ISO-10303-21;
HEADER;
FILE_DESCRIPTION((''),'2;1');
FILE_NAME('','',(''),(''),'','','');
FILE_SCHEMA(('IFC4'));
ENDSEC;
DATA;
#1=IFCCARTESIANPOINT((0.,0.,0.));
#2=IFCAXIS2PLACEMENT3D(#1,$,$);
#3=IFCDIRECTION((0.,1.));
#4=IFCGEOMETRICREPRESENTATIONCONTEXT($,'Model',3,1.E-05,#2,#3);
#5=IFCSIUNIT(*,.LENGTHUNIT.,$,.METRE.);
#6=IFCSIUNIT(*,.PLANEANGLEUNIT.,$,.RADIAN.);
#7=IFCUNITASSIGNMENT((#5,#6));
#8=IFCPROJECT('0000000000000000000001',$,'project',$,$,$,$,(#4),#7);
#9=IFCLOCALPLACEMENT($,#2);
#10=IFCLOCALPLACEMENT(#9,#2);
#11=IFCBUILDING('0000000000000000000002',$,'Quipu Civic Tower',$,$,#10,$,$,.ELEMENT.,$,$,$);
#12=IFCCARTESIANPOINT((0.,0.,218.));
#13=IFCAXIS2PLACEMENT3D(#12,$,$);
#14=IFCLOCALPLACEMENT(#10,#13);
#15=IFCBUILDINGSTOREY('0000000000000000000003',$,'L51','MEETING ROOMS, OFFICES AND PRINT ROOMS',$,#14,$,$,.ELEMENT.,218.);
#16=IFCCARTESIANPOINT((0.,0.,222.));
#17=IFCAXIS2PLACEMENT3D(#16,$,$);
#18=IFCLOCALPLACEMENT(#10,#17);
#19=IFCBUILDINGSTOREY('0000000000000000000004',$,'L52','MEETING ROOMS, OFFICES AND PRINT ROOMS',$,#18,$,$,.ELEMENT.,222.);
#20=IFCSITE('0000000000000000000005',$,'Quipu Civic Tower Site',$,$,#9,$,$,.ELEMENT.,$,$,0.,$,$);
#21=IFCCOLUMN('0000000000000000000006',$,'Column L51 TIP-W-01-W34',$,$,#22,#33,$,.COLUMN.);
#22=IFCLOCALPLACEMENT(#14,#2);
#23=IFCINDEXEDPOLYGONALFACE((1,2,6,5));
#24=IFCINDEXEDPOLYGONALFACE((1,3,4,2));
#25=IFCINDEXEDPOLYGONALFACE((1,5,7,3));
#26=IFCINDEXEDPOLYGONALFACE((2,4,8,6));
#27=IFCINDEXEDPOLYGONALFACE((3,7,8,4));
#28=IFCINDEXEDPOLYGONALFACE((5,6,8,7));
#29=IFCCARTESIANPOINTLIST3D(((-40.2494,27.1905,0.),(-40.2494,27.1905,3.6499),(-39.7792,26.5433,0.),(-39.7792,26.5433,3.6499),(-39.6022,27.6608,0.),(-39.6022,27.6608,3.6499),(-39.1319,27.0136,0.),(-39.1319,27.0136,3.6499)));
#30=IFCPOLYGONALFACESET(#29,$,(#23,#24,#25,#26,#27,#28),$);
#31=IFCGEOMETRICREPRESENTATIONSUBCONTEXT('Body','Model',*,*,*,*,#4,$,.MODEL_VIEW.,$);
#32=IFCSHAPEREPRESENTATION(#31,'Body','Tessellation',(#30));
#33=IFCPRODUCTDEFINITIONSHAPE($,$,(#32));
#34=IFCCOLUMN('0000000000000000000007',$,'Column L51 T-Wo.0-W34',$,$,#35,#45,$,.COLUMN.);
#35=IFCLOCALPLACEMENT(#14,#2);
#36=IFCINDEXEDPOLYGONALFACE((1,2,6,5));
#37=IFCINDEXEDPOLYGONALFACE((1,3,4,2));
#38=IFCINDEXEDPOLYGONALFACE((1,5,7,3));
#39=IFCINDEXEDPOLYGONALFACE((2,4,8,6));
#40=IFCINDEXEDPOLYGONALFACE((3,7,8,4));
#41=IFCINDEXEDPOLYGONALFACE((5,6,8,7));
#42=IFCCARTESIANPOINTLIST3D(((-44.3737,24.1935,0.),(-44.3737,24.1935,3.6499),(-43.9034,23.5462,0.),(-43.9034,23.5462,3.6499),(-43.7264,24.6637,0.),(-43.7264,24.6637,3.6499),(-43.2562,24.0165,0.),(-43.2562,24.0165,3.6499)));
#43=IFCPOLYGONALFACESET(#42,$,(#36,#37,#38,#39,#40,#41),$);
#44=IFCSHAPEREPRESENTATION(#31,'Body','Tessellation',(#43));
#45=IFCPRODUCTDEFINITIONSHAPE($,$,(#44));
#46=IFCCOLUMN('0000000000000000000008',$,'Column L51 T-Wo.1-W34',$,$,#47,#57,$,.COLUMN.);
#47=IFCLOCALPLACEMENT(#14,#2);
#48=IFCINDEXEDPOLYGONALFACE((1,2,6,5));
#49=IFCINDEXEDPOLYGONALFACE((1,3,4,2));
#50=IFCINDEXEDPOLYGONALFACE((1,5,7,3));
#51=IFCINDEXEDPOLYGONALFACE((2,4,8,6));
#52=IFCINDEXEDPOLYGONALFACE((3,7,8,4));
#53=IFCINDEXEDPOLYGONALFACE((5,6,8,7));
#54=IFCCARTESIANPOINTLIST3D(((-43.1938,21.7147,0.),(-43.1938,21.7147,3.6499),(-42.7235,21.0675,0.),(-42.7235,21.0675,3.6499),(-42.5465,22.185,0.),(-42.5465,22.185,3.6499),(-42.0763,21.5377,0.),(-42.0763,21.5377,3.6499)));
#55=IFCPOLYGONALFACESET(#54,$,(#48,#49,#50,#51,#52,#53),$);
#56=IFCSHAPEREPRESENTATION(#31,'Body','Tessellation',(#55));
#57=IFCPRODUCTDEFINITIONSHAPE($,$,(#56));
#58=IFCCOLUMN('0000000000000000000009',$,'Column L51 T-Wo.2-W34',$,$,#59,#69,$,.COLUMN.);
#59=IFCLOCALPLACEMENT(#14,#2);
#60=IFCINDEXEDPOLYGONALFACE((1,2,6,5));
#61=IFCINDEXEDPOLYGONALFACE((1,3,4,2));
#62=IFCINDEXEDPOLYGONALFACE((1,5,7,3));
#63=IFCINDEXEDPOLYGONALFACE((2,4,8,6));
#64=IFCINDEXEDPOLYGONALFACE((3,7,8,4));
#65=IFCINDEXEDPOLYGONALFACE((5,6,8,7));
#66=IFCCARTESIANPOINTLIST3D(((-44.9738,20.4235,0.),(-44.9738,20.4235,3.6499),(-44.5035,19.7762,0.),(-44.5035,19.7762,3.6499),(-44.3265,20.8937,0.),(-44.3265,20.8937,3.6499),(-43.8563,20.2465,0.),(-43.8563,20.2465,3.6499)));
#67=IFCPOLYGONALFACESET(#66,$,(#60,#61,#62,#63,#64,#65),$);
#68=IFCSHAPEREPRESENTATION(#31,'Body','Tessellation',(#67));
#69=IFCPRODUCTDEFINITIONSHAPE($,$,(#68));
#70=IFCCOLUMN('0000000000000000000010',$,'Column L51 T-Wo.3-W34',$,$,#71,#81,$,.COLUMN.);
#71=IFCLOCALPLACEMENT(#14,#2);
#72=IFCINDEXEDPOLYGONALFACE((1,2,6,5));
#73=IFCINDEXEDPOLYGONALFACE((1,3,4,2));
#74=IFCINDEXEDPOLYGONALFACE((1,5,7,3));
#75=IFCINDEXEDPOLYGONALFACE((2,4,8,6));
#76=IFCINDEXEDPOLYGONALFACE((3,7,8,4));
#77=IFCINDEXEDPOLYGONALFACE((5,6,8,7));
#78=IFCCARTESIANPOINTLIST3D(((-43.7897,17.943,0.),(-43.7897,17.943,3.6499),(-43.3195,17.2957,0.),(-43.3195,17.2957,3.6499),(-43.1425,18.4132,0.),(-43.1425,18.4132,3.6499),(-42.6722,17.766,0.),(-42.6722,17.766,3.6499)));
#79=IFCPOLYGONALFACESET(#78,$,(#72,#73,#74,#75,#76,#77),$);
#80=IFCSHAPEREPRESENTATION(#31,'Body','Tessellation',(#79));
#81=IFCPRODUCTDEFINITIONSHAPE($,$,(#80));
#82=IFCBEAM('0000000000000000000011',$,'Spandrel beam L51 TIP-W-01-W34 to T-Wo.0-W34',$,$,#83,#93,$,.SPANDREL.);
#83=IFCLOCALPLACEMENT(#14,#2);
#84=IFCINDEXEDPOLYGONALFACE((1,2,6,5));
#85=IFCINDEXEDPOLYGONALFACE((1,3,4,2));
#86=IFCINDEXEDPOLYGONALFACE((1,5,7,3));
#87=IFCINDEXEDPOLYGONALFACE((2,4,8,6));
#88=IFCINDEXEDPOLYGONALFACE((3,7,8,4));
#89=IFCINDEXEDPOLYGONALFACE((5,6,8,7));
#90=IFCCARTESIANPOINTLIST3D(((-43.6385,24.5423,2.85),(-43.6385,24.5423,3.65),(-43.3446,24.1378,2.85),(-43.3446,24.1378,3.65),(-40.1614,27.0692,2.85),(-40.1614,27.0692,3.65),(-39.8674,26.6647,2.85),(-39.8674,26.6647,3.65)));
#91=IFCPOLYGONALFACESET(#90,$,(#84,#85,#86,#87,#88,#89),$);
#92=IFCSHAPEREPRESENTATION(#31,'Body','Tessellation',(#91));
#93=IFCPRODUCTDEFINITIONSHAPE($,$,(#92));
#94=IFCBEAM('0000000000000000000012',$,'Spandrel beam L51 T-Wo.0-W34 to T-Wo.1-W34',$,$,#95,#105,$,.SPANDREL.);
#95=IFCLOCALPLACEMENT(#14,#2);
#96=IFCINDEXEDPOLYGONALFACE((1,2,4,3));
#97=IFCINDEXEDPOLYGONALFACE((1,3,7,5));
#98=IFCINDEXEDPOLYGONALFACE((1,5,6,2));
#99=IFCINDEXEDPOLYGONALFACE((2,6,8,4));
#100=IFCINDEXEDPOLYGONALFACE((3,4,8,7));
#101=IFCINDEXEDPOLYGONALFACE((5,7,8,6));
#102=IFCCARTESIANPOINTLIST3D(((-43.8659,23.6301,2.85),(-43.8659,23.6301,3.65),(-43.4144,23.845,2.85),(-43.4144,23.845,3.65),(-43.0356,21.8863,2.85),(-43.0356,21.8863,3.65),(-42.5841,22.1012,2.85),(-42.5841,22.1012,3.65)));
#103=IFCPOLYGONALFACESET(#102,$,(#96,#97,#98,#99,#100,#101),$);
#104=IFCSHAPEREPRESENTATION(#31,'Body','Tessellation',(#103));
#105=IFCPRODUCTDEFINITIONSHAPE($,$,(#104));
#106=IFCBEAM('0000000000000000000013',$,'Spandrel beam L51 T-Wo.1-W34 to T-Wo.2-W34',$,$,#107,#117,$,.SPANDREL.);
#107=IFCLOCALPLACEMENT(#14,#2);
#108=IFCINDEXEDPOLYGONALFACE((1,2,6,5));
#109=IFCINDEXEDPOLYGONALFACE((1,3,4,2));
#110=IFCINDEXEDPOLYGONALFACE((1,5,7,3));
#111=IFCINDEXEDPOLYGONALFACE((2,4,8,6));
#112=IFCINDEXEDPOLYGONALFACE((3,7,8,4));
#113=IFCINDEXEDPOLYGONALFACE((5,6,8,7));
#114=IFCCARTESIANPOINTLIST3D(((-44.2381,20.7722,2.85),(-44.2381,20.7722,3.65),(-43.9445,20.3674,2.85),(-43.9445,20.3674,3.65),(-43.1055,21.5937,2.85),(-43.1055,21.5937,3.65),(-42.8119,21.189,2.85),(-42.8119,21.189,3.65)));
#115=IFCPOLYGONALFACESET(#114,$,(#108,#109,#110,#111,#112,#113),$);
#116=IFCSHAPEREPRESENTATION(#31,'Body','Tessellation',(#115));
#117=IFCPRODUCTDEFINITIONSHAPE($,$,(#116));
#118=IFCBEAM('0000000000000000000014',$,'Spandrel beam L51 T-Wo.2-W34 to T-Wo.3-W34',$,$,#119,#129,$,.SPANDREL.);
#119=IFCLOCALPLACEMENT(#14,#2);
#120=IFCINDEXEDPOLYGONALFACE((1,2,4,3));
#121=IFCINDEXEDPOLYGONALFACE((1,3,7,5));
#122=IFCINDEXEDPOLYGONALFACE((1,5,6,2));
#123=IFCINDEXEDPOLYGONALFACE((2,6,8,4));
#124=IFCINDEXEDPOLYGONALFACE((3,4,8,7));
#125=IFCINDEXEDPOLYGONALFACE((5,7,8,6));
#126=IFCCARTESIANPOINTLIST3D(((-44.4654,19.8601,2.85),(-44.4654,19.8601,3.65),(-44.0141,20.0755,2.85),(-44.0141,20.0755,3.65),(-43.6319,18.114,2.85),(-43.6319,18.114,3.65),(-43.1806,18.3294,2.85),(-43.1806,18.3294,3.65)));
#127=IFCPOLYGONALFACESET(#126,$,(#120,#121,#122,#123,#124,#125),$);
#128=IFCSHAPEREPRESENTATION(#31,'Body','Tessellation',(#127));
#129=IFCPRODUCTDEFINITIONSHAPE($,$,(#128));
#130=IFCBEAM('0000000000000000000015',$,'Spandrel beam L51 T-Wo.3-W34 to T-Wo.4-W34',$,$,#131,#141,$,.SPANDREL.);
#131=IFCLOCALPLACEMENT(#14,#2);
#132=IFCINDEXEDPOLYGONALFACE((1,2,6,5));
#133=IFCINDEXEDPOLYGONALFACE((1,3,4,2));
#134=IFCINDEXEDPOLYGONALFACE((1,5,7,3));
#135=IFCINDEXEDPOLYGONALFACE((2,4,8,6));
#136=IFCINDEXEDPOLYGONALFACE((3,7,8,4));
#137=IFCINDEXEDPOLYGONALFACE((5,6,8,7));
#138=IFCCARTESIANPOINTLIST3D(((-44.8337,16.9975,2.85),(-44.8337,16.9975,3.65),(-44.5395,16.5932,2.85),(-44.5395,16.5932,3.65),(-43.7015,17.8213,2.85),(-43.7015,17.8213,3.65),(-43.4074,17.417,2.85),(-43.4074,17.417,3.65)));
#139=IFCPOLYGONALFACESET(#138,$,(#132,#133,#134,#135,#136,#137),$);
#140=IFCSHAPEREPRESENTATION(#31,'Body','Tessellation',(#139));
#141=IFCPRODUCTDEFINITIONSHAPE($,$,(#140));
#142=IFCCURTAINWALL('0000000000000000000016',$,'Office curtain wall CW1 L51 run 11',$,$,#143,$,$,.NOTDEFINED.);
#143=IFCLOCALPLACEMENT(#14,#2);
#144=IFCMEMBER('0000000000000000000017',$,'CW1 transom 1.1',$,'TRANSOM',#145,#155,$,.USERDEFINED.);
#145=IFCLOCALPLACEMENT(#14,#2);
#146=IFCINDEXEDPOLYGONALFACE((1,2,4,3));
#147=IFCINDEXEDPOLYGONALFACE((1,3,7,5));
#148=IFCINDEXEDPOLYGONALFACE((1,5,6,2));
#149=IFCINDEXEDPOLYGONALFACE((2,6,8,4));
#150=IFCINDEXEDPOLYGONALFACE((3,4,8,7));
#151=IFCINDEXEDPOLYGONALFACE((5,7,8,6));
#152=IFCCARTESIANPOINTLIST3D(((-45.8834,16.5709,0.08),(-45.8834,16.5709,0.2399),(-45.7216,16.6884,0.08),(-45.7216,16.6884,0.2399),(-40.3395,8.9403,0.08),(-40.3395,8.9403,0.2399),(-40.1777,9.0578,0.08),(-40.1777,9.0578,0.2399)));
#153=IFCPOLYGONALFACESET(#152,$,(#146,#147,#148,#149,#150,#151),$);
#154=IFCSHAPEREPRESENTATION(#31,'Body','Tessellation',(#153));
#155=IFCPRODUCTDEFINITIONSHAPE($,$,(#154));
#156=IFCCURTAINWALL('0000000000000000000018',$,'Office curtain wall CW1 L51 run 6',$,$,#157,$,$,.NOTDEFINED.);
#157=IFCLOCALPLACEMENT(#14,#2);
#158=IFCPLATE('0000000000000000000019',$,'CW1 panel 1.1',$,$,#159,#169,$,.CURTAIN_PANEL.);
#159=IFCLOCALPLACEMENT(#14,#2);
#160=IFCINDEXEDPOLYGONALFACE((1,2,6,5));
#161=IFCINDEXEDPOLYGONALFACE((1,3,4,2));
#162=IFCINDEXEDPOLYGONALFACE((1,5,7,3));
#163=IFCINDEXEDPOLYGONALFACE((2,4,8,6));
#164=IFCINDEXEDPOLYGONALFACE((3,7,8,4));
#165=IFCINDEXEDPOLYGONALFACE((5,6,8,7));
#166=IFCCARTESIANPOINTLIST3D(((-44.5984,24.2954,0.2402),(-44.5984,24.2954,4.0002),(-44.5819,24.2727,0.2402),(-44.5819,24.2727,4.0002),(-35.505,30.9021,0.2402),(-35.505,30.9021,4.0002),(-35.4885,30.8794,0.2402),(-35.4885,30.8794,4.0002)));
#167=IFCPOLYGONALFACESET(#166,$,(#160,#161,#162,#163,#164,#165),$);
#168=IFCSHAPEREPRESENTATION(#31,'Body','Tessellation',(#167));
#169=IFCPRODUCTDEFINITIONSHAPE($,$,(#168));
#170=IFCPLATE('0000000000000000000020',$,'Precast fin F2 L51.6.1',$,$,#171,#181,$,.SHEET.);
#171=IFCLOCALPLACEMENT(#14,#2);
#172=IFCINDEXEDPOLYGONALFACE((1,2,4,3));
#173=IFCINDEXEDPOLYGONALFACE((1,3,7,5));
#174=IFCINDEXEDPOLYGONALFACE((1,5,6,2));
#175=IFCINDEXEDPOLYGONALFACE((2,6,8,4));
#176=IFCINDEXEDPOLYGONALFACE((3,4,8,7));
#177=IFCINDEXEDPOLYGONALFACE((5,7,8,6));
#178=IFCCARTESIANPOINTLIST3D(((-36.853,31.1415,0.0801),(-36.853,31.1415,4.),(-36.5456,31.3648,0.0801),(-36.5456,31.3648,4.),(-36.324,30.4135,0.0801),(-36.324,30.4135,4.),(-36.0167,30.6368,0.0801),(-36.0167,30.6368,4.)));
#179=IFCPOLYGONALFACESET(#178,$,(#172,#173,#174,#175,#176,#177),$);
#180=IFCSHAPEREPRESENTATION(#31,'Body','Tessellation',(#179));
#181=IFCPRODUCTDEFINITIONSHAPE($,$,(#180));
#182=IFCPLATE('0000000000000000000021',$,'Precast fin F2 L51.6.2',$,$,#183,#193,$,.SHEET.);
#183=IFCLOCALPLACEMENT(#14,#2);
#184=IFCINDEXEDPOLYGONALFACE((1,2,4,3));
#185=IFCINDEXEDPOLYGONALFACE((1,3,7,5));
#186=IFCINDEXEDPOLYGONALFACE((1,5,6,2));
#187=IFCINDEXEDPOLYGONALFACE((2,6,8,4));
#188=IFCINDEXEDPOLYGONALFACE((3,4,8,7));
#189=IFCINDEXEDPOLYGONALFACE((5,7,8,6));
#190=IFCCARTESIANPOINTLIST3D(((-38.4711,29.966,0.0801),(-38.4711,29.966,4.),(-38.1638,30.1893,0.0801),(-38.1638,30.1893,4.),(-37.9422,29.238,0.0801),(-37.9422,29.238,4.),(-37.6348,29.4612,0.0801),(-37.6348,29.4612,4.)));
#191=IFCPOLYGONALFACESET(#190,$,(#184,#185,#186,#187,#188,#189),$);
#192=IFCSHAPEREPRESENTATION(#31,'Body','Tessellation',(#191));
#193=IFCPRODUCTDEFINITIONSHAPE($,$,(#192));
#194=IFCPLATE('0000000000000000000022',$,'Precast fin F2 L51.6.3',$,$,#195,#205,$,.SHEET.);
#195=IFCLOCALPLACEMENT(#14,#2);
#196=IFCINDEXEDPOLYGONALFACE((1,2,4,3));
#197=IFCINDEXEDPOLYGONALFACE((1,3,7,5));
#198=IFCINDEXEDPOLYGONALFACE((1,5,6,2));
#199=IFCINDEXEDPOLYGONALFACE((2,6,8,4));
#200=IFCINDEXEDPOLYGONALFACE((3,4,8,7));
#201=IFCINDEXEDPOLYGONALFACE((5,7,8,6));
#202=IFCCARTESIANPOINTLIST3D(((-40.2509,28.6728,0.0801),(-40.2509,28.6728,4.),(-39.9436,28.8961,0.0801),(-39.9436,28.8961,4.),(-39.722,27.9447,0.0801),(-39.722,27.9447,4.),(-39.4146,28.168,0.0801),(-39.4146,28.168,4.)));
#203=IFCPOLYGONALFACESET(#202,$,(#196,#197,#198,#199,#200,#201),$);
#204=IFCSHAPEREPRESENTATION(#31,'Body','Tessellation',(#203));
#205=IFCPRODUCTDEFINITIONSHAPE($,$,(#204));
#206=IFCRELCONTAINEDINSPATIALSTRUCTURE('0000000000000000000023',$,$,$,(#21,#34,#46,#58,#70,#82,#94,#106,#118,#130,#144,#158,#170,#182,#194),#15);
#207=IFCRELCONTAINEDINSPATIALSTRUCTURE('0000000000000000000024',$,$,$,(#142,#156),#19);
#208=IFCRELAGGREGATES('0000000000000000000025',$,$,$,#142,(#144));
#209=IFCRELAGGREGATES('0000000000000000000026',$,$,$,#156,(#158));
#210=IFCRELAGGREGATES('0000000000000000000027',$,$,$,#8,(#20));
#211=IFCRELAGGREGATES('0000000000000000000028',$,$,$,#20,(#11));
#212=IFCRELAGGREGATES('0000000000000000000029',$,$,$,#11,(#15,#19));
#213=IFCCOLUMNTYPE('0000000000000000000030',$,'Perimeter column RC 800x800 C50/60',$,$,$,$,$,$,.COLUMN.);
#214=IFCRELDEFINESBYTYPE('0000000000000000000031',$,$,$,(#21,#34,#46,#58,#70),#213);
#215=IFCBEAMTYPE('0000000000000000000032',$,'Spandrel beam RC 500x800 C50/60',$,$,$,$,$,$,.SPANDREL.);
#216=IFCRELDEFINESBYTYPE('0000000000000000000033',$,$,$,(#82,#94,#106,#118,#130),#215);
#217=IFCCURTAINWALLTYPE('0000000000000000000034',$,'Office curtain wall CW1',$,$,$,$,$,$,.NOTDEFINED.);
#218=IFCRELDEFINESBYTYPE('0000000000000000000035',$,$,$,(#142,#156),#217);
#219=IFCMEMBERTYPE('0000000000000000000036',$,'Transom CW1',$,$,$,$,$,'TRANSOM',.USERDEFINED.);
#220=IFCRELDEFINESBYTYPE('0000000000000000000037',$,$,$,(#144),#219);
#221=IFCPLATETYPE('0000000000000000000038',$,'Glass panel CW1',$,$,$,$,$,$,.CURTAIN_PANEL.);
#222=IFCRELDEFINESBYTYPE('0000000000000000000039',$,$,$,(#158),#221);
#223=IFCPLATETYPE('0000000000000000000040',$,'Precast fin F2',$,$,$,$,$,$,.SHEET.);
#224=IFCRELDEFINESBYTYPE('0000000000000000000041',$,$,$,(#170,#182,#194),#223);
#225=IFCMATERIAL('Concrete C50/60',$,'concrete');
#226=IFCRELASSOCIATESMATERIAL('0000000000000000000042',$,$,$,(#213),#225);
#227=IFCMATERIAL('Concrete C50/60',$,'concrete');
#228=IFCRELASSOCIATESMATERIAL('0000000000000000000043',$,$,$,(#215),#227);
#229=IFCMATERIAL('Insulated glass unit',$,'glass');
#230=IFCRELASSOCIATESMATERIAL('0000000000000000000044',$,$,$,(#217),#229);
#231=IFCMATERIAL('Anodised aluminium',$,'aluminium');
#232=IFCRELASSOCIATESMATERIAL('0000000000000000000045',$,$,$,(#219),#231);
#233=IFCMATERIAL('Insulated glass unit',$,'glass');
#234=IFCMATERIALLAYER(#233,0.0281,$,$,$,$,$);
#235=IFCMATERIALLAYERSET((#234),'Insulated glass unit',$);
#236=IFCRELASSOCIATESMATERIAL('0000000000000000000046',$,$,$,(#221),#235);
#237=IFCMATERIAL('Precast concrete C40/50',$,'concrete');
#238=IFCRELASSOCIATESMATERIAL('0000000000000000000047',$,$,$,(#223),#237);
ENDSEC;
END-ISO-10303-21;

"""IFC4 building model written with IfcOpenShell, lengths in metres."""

from ifc_helpers import new_model, si_unit, direction, frame, origin, origin_2d, place, context, subcontext, project, spatial, rectangle, extrude, material, layer, layer_set, material_profile, profile_set, type_object, element, aggregate, save


model = new_model("IFC4")

# Units and contexts
model_context = context("Model", 3, precision=1e-05, world=origin(), true_north=direction((0.0, 1.0)))
body_context = subcontext(model_context, "Body", "Model", "MODEL_VIEW")
ifc_project = project(units=[si_unit("LENGTHUNIT", "METRE"), si_unit("PLANEANGLEUNIT", "RADIAN")], contexts=[model_context])

# Site, building, storey
site_placement = place(None, origin())
site = spatial("IfcSite", under=ifc_project, at=site_placement, Name="Quipu Civic Tower Site", CompositionType="ELEMENT", RefElevation=0.0)
building_placement = place(site_placement, origin())
building = spatial("IfcBuilding", under=site, at=building_placement, Name="Quipu Civic Tower", CompositionType="ELEMENT")
storey_1_placement = place(building_placement, frame((0.0, 0.0, 218.0)))
storey_1 = spatial("IfcBuildingStorey", under=building, at=storey_1_placement, Name="L51", Description="MEETING ROOMS, OFFICES AND PRINT ROOMS", CompositionType="ELEMENT", Elevation=218.0)

# Columns
ifc_material_1 = material(Name="Concrete C50/60", Category="concrete")
ifc_material_profile_1 = material_profile(ifc_material_1, rectangle(XDim=0.8, YDim=0.8, at=origin_2d()), Name="RC800x800")
ifc_profile_set_1 = profile_set([ifc_material_profile_1], Name="Concrete C50/60")
column_type = type_object("IfcColumnType", Name="Perimeter column RC 800x800 C50/60", PredefinedType="COLUMN", material=ifc_profile_set_1)
for number, where, z_axis, x_axis, name in (
    (1, (-39.6907, 27.1021, 0.0), (0.0, 0.0, 1.0), (-0.809017, -0.587785, 0.0), "Column L51 TIP-W-01-W34"),
    (2, (-43.8149, 24.105, 0.0), (0.0, 0.0, 1.0), (-0.809017, -0.587785, 0.0), "Column L51 T-Wo.0-W34"),
    (3, (-42.635, 21.6262, 0.0), (0.0, 0.0, 1.0), (-0.809017, -0.587785, 0.0), "Column L51 T-Wo.1-W34"),
    (4, (-44.415, 20.335, 0.0), (0.0, 0.0, 1.0), (0.587785, -0.809017, 0.0), "Column L51 T-Wo.2-W34"),
    (5, (-43.231, 17.8545, 0.0), (0.0, 0.0, 1.0), (0.587785, -0.809017, 0.0), "Column L51 T-Wo.3-W34"),
):
    element("IfcColumn", number, at=place(storey_1_placement, frame(where, z_axis=z_axis, x_axis=x_axis)), inside=storey_1, type_object=column_type, Name=name, PredefinedType="COLUMN", context=body_context, shape_type="SweptSolid", body=[
        extrude(rectangle(XDim=0.8, YDim=0.8, at=origin_2d()), origin(), (0.0, 0.0, 1.0), 3.6499),
    ])

# Beams
ifc_material_2 = material(Name="Concrete C50/60", Category="concrete")
ifc_material_profile_2 = material_profile(ifc_material_2, rectangle(XDim=0.5, YDim=0.8, at=origin_2d()), Name="RC500x800")
ifc_profile_set_2 = profile_set([ifc_material_profile_2], Name="Concrete C50/60")
beam_type = type_object("IfcBeamType", Name="Spandrel beam RC 500x800 C50/60", PredefinedType="SPANDREL", material=ifc_profile_set_2)
beam_1_placement = place(storey_1_placement, frame((-40.0144, 26.8669, 3.25), z_axis=(-0.808947, -0.587881, 0.0), x_axis=(0.587881, -0.808947, 0.0)))
element("IfcBeam", 6, at=beam_1_placement, inside=storey_1, type_object=beam_type, Name="Spandrel beam L51 TIP-W-01-W34 to T-Wo.0-W34", PredefinedType="SPANDREL", context=body_context, shape_type="SweptSolid", body=[
    extrude(rectangle(XDim=0.5, YDim=0.8, at=origin_2d()), origin(), (0.0, 0.0, 1.0), 4.2983),
])
beam_2_placement = place(storey_1_placement, frame((-43.6401, 23.7375, 3.25), z_axis=(0.429889, -0.902882, 0.0), x_axis=(0.902882, 0.429889, 0.0)))
element("IfcBeam", 7, at=beam_2_placement, inside=storey_1, type_object=beam_type, Name="Spandrel beam L51 T-Wo.0-W34 to T-Wo.1-W34", PredefinedType="SPANDREL", context=body_context, shape_type="SweptSolid", body=[
    extrude(rectangle(XDim=0.5, YDim=0.8, at=origin_2d()), origin(), (0.0, 0.0, 1.0), 1.9314),
])
beam_3_placement = place(storey_1_placement, frame((-42.9587, 21.3914, 3.25), z_axis=(-0.809467, -0.587165, 0.0), x_axis=(0.587165, -0.809467, 0.0)))
element("IfcBeam", 8, at=beam_3_placement, inside=storey_1, type_object=beam_type, Name="Spandrel beam L51 T-Wo.1-W34 to T-Wo.2-W34", PredefinedType="SPANDREL", context=body_context, shape_type="SweptSolid", body=[
    extrude(rectangle(XDim=0.5, YDim=0.8, at=origin_2d()), origin(), (0.0, 0.0, 1.0), 1.3992),
])
beam_4_placement = place(storey_1_placement, frame((-44.2397, 19.9678, 3.25), z_axis=(0.430786, -0.902454, 0.0), x_axis=(0.902454, 0.430786, 0.0)))
element("IfcBeam", 9, at=beam_4_placement, inside=storey_1, type_object=beam_type, Name="Spandrel beam L51 T-Wo.2-W34 to T-Wo.3-W34", PredefinedType="SPANDREL", context=body_context, shape_type="SweptSolid", body=[
    extrude(rectangle(XDim=0.5, YDim=0.8, at=origin_2d()), origin(), (0.0, 0.0, 1.0), 1.9348),
])
beam_5_placement = place(storey_1_placement, frame((-43.5544, 17.6191, 3.25), z_axis=(-0.8086, -0.588358, 0.0), x_axis=(0.588358, -0.8086, 0.0)))
element("IfcBeam", 10, at=beam_5_placement, inside=storey_1, type_object=beam_type, Name="Spandrel beam L51 T-Wo.3-W34 to T-Wo.4-W34", PredefinedType="SPANDREL", context=body_context, shape_type="SweptSolid", body=[
    extrude(rectangle(XDim=0.5, YDim=0.8, at=origin_2d()), origin(), (0.0, 0.0, 1.0), 1.4001),
])

# Shared definitions
storey_2_placement = place(building_placement, frame((0.0, 0.0, 222.0)))
storey_2 = spatial("IfcBuildingStorey", under=building, at=storey_2_placement, Name="L52", Description="MEETING ROOMS, OFFICES AND PRINT ROOMS", CompositionType="ELEMENT", Elevation=222.0)

# Curtain wall, member
ifc_material_3 = material(Name="Insulated glass unit", Category="glass")
curtain_wall_type = type_object("IfcCurtainWallType", Name="Office curtain wall CW1", PredefinedType="NOTDEFINED", material=ifc_material_3)
curtain_wall_1_placement = place(storey_2_placement, origin())
curtain_wall_1 = element("IfcCurtainWall", 11, at=curtain_wall_1_placement, inside=storey_2, type_object=curtain_wall_type, Name="Office curtain wall CW1 L51 run 11", PredefinedType="NOTDEFINED")
ifc_material_4 = material(Name="Anodised aluminium", Category="aluminium")
ifc_material_profile_3 = material_profile(ifc_material_4, rectangle(XDim=0.2, YDim=0.1599, at=origin_2d()), Name="RECT 200x160")
ifc_profile_set_3 = profile_set([ifc_material_profile_3], Name="Anodised aluminium")
member_type = type_object("IfcMemberType", Name="Transom CW1", ElementType="TRANSOM", PredefinedType="USERDEFINED", material=ifc_profile_set_3)
member_placement = place(storey_1_placement, frame((-45.8025, 16.6296, 0.1599), z_axis=(0.587784, -0.809018, 0.0), x_axis=(0.809018, 0.587784, 0.0)))
member = element("IfcMember", 12, at=member_placement, inside=storey_1, type_object=member_type, Name="CW1 transom 1.1", ObjectType="TRANSOM", PredefinedType="USERDEFINED", context=body_context, shape_type="SweptSolid", body=[
    extrude(rectangle(XDim=0.2, YDim=0.1599, at=origin_2d()), origin(), (0.0, 0.0, 1.0), 9.4319),
])
aggregate(curtain_wall_1, [member])

# Curtain wall, plate
curtain_wall_2_placement = place(storey_2_placement, origin())
curtain_wall_2 = element("IfcCurtainWall", 13, at=curtain_wall_2_placement, inside=storey_2, type_object=curtain_wall_type, Name="Office curtain wall CW1 L51 run 6", PredefinedType="NOTDEFINED")
ifc_material_5 = material(Name="Insulated glass unit", Category="glass")
ifc_layer = layer(ifc_material_5, 0.0281)
ifc_layer_set = layer_set([ifc_layer], Name="Insulated glass unit")
plate_type_1 = type_object("IfcPlateType", Name="Glass panel CW1", PredefinedType="CURTAIN_PANEL", material=ifc_layer_set)
plate_placement = place(storey_1_placement, frame((-40.0435, 27.5874, 0.2402), z_axis=(0.0, 0.0, 1.0), x_axis=(-0.809015, -0.587788, 0.0)))
plate = element("IfcPlate", 14, at=plate_placement, inside=storey_1, type_object=plate_type_1, Name="CW1 panel 1.1", PredefinedType="CURTAIN_PANEL", context=body_context, shape_type="SweptSolid", body=[
    extrude(rectangle(XDim=11.24, YDim=0.0281, at=origin_2d()), origin(), (0.0, 0.0, 1.0), 3.76),
])
aggregate(curtain_wall_2, [plate])

# Plates
ifc_material_6 = material(Name="Precast concrete C40/50", Category="concrete")
plate_type_2 = type_object("IfcPlateType", Name="Precast fin F2", PredefinedType="SHEET", material=ifc_material_6)
for number, where, z_axis, x_axis, name in (
    (15, (-36.4348, 30.8892, 0.0801), (0.0, 0.0, 1.0), (-0.809017, -0.587785, 0.0), "Precast fin F2 L51.6.1"),
    (16, (-38.053, 29.7136, 0.0801), (0.0, 0.0, 1.0), (-0.809017, -0.587785, 0.0), "Precast fin F2 L51.6.2"),
    (17, (-39.8328, 28.4204, 0.0801), (0.0, 0.0, 1.0), (-0.809017, -0.587785, 0.0), "Precast fin F2 L51.6.3"),
):
    element("IfcPlate", number, at=place(storey_1_placement, frame(where, z_axis=z_axis, x_axis=x_axis)), inside=storey_1, type_object=plate_type_2, Name=name, PredefinedType="SHEET", context=body_context, shape_type="SweptSolid", body=[
        extrude(rectangle(XDim=0.3799, YDim=0.8999, at=origin_2d()), origin(), (0.0, 0.0, 1.0), 3.9199),
    ])

save(model, "model.ifc")
